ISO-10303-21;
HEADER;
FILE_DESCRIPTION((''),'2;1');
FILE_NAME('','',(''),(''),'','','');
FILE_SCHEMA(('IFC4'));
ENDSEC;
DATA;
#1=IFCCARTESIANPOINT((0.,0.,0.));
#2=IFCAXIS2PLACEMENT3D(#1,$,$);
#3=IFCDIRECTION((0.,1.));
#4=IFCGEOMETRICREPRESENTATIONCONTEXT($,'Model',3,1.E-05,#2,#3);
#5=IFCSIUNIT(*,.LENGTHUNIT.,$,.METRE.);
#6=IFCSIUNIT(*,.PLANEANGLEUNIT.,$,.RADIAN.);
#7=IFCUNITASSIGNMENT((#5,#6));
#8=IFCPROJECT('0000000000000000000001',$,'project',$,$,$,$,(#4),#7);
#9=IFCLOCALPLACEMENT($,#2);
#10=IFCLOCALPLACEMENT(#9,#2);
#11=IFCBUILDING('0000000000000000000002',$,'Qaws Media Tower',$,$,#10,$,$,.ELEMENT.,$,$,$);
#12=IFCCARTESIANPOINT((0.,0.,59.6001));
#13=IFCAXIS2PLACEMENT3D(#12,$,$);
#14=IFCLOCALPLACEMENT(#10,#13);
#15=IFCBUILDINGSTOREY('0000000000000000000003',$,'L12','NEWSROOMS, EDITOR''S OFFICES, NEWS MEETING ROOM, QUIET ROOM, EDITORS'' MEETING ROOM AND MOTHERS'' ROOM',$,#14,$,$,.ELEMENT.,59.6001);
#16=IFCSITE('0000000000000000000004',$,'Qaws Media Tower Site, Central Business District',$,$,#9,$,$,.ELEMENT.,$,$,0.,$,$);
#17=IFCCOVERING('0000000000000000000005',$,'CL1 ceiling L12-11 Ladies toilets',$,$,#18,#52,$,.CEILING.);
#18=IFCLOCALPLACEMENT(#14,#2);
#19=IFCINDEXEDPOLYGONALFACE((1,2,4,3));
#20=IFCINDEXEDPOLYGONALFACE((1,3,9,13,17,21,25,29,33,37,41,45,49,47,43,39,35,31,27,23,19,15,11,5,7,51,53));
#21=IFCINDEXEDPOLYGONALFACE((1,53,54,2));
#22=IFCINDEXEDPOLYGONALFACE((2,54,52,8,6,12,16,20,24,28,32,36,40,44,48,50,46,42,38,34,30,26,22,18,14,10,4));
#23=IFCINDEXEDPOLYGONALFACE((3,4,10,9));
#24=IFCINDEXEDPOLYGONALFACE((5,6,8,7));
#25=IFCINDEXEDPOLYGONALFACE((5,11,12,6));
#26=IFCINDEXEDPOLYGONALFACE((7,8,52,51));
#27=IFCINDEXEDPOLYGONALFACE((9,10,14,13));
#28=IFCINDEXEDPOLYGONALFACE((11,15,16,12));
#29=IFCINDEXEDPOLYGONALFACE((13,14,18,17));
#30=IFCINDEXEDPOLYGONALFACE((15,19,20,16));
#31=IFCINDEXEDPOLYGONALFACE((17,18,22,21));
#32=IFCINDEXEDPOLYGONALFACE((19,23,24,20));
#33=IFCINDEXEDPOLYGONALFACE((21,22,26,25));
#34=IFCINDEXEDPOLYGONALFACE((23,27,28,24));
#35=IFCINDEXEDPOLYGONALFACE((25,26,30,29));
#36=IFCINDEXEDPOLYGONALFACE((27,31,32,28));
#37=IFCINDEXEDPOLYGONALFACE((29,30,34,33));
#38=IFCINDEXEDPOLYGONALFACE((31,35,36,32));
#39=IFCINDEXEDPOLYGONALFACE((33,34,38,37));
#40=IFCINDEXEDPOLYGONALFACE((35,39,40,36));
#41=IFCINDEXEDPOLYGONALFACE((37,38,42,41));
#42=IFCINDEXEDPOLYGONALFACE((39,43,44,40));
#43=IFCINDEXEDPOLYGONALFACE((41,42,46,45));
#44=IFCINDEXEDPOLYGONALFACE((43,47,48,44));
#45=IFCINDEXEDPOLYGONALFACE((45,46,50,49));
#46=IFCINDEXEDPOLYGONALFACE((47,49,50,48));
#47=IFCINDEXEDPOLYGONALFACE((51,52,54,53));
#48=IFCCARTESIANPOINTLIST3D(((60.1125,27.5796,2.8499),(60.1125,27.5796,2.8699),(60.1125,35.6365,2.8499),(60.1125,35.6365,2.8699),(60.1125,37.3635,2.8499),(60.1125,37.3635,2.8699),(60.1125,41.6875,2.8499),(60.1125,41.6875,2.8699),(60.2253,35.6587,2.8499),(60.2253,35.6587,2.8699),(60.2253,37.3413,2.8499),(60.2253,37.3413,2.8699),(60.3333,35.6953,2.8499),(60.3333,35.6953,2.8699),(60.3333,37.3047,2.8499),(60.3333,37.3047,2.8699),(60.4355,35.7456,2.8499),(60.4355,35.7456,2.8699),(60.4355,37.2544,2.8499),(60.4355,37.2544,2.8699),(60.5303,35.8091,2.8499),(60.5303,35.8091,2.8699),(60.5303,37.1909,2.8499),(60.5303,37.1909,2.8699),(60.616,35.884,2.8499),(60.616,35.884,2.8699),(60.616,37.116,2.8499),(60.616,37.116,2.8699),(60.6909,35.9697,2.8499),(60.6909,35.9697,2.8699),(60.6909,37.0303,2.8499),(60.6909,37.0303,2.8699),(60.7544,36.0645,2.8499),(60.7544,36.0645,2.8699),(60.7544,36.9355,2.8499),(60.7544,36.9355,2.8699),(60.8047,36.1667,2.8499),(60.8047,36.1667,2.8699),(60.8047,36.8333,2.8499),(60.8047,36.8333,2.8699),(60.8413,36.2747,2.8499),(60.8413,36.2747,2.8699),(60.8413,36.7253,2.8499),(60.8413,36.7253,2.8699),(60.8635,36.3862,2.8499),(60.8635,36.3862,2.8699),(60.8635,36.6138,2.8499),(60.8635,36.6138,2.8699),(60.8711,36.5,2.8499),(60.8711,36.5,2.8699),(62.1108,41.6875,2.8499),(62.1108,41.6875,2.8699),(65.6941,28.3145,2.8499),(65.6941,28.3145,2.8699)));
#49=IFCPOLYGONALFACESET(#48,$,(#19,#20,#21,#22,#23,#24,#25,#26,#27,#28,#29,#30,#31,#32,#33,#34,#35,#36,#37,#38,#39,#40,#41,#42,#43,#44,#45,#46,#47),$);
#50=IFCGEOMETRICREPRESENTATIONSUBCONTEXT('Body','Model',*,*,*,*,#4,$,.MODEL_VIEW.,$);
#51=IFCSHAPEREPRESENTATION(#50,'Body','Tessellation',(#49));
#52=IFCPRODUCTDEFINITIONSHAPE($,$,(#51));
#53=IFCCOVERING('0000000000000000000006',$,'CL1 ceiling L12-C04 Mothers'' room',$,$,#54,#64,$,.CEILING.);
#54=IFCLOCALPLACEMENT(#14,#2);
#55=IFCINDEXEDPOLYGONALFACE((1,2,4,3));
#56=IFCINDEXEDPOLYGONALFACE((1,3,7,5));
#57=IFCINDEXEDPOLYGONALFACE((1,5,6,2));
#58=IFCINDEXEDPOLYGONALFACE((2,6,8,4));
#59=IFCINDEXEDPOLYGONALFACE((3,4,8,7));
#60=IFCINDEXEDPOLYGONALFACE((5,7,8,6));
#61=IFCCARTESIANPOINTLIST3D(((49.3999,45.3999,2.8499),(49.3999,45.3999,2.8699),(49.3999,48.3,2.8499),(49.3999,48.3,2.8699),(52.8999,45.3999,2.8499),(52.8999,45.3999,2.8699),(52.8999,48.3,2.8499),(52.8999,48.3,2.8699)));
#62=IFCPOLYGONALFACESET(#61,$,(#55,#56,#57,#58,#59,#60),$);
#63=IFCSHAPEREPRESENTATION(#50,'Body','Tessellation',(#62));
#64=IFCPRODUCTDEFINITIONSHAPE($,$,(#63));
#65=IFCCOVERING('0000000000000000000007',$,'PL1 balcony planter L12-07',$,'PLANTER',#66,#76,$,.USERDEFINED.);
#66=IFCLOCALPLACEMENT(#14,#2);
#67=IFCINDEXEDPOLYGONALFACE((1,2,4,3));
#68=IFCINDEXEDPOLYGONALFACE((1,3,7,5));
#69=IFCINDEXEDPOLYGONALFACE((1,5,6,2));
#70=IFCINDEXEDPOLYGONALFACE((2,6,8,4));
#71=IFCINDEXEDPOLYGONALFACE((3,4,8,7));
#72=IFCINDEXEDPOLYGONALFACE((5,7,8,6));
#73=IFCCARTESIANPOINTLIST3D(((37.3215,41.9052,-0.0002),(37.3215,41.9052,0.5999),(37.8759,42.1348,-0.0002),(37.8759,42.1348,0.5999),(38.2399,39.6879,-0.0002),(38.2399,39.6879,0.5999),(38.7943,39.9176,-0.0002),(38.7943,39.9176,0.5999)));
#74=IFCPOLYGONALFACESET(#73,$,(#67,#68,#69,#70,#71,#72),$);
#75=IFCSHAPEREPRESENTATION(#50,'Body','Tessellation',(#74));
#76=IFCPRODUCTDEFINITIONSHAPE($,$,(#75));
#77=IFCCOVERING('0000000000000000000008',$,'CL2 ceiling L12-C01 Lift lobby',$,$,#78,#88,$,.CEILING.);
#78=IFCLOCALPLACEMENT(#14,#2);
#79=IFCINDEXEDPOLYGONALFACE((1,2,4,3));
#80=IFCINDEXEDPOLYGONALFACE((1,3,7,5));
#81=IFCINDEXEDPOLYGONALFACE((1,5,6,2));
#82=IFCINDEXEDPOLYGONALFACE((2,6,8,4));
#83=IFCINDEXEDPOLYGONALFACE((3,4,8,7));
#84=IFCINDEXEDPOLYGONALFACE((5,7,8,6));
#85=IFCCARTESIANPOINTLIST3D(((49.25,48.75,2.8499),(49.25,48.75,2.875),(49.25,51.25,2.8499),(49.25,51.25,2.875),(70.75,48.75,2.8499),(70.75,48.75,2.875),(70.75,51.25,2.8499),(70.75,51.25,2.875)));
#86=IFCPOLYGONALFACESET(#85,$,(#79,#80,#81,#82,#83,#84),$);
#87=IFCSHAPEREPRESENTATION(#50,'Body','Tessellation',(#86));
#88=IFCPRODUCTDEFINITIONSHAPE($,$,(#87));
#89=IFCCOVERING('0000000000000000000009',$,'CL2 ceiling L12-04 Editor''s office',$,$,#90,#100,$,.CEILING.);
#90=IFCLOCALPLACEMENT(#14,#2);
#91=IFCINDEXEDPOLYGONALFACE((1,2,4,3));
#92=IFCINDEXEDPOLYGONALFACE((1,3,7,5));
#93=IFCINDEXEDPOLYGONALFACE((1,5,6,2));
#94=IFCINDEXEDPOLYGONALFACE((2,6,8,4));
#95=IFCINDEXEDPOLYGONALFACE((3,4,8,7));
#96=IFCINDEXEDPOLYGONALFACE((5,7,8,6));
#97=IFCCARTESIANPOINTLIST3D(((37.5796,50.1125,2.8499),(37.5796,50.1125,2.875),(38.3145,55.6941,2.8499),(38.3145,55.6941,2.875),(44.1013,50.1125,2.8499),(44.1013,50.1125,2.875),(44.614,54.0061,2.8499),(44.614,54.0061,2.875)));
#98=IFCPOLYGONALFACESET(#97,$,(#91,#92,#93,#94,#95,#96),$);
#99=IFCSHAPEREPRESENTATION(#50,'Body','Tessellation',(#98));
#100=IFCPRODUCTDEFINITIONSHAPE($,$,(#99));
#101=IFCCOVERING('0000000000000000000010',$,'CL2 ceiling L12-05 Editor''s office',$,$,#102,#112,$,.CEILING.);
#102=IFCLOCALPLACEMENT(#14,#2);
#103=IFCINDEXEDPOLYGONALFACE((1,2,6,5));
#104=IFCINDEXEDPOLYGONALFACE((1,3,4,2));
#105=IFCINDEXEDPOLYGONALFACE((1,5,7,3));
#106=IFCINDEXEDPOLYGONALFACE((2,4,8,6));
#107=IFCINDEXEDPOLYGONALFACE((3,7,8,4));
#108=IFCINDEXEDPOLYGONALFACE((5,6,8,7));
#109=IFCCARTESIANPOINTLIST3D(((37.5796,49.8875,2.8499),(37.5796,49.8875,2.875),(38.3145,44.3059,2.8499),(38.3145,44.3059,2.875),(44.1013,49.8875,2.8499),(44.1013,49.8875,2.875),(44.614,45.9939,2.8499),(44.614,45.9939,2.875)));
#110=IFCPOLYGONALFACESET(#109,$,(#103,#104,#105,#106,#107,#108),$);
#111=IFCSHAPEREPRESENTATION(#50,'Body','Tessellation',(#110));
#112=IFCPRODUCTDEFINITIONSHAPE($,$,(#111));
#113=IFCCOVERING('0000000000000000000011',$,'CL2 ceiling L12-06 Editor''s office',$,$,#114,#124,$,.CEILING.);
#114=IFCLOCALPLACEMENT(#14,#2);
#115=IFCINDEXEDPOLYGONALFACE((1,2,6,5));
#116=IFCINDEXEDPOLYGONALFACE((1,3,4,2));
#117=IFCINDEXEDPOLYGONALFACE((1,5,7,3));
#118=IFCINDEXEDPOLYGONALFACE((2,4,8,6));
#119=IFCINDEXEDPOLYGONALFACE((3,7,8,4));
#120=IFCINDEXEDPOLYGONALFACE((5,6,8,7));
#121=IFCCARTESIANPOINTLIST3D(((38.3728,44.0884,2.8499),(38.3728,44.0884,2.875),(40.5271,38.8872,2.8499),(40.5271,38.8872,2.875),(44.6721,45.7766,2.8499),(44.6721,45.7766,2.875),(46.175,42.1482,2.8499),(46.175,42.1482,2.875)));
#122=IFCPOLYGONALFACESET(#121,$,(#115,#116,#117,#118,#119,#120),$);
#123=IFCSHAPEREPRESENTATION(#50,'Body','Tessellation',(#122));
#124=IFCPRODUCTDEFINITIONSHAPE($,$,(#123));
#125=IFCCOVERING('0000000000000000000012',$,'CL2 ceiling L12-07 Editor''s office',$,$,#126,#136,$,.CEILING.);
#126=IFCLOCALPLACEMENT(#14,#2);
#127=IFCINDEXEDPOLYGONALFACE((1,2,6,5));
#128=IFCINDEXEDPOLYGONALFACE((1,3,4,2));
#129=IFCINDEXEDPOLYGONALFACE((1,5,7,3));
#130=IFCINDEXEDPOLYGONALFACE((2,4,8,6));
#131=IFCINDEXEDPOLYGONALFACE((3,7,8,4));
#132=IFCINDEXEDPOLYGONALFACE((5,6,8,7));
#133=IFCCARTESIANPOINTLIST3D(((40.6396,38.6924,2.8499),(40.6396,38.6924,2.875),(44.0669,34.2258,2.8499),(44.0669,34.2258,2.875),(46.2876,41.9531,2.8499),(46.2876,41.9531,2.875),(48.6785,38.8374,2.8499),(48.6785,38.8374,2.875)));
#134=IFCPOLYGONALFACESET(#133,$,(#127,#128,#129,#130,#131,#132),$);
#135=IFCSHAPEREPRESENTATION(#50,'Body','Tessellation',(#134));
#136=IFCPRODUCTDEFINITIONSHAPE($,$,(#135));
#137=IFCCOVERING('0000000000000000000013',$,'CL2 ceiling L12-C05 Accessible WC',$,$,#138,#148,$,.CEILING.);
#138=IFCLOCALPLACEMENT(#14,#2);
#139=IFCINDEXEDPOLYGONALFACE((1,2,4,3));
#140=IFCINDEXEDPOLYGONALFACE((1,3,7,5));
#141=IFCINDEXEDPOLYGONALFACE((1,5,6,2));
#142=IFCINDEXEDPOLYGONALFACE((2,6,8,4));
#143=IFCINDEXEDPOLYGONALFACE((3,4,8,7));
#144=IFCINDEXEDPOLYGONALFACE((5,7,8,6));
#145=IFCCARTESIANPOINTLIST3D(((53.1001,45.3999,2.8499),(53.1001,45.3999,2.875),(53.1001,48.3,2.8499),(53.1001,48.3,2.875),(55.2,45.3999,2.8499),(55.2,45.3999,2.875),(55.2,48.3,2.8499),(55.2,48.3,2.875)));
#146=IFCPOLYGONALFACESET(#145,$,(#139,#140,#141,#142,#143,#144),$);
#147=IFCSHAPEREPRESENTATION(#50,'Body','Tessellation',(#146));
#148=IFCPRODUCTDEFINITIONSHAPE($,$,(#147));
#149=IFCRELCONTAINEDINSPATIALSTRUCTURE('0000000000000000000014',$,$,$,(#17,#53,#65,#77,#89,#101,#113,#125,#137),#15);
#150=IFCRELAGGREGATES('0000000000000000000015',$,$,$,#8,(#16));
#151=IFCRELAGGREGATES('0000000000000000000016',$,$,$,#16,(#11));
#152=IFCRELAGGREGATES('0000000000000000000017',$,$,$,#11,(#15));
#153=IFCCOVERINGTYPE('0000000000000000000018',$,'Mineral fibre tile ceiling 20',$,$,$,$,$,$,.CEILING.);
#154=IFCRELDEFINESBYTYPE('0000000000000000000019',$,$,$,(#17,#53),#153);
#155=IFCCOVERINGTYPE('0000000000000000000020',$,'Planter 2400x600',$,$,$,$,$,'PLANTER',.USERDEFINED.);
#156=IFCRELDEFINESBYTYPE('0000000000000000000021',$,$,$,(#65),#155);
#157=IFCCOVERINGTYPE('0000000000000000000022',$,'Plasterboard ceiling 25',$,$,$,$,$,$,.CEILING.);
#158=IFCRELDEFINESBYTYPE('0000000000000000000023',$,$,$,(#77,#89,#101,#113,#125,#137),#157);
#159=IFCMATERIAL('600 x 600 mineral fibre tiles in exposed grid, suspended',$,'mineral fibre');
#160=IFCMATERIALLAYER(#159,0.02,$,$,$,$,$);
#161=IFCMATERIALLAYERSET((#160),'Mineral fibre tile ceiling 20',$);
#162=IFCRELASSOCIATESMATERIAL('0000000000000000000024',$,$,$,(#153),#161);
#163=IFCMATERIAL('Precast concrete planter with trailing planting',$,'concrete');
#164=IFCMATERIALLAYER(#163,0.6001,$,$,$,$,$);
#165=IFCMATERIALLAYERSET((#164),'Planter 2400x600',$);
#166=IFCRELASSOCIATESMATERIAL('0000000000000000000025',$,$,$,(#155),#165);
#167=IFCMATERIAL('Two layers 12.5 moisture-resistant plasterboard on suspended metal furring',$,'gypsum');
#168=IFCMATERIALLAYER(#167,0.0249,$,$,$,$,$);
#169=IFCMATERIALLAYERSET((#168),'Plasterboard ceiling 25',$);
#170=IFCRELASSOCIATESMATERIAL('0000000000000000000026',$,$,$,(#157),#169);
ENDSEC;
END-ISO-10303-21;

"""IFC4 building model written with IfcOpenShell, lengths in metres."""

from ifc_helpers import new_model, si_unit, direction, frame, origin, origin_2d, place, context, subcontext, project, spatial, polyline, rectangle, outline, extrude, material, layer, layer_set, type_object, element, save


model = new_model("IFC4")

# Units and contexts
model_context = context("Model", 3, precision=1e-05, world=origin(), true_north=direction((0.0, 1.0)))
body_context = subcontext(model_context, "Body", "Model", "MODEL_VIEW")
ifc_project = project(units=[si_unit("LENGTHUNIT", "METRE"), si_unit("PLANEANGLEUNIT", "RADIAN")], contexts=[model_context])

# Site, building, storey
site_placement = place(None, origin())
site = spatial("IfcSite", under=ifc_project, at=site_placement, Name="Qaws Media Tower Site, Central Business District", CompositionType="ELEMENT", RefElevation=0.0)
building_placement = place(site_placement, origin())
building = spatial("IfcBuilding", under=site, at=building_placement, Name="Qaws Media Tower", CompositionType="ELEMENT")
storey_placement = place(building_placement, frame((0.0, 0.0, 59.6001)))
storey = spatial("IfcBuildingStorey", under=building, at=storey_placement, Name="L12", Description="NEWSROOMS, EDITOR'S OFFICES, NEWS MEETING ROOM, QUIET ROOM, EDITORS' MEETING ROOM AND MOTHERS' ROOM", CompositionType="ELEMENT", Elevation=59.6001)

# Coverings
ifc_material_1 = material(Name="600 x 600 mineral fibre tiles in exposed grid, suspended", Category="mineral fibre")
ifc_layer_1 = layer(ifc_material_1, 0.02)
ifc_layer_set_1 = layer_set([ifc_layer_1], Name="Mineral fibre tile ceiling 20")
covering_type_1 = type_object("IfcCoveringType", Name="Mineral fibre tile ceiling 20", PredefinedType="CEILING", material=ifc_layer_set_1)
covering_1_placement = place(storey_placement, frame((0.0, 0.0, 2.8499)))
element("IfcCovering", 1, at=covering_1_placement, inside=storey, type_object=covering_type_1, Name="CL1 ceiling L12-11 Ladies toilets", PredefinedType="CEILING", context=body_context, shape_type="SweptSolid", body=[
    extrude(outline(polyline([(60.1125, 27.5796), (60.1125, 35.6365), (60.2253, 35.6587), (60.3333, 35.6953), (60.4355, 35.7456), (60.5303, 35.8091), (60.616, 35.884), (60.6909, 35.9697), (60.7544, 36.0645), (60.8047, 36.1667), (60.8413, 36.2747), (60.8635, 36.3862), (60.8711, 36.5), (60.8635, 36.6138), (60.8413, 36.7253), (60.8047, 36.8333), (60.7544, 36.9355), (60.6909, 37.0303), (60.616, 37.116), (60.5303, 37.1909), (60.4355, 37.2544), (60.3333, 37.3047), (60.2253, 37.3413), (60.1125, 37.3635), (60.1125, 41.6875), (62.1108, 41.6875), (65.6941, 28.3145), (60.1125, 27.5796)])), origin(), (0.0, 0.0, 1.0), 0.02),
])
covering_2_placement = place(storey_placement, frame((0.0, 0.0, 2.8499)))
element("IfcCovering", 2, at=covering_2_placement, inside=storey, type_object=covering_type_1, Name="CL1 ceiling L12-C04 Mothers' room", PredefinedType="CEILING", context=body_context, shape_type="SweptSolid", body=[
    extrude(outline(polyline([(49.3999, 45.3999), (49.3999, 48.3), (52.8999, 48.3), (52.8999, 45.3999), (49.3999, 45.3999)])), origin(), (0.0, 0.0, 1.0), 0.02),
])
ifc_material_2 = material(Name="Precast concrete planter with trailing planting", Category="concrete")
ifc_layer_2 = layer(ifc_material_2, 0.6001)
ifc_layer_set_2 = layer_set([ifc_layer_2], Name="Planter 2400x600")
covering_type_2 = type_object("IfcCoveringType", Name="Planter 2400x600", ElementType="PLANTER", PredefinedType="USERDEFINED", material=ifc_layer_set_2)
covering_3_placement = place(storey_placement, frame((38.0579, 40.9114, -0.0002), z_axis=(0.0, 0.0, 1.0), x_axis=(0.382683, -0.92388, 0.0)))
element("IfcCovering", 3, at=covering_3_placement, inside=storey, type_object=covering_type_2, Name="PL1 balcony planter L12-07", ObjectType="PLANTER", PredefinedType="USERDEFINED", context=body_context, shape_type="SweptSolid", body=[
    extrude(rectangle(XDim=2.3999, YDim=0.6001, at=origin_2d()), origin(), (0.0, 0.0, 1.0), 0.6001),
])
ifc_material_3 = material(Name="Two layers 12.5 moisture-resistant plasterboard on suspended metal furring", Category="gypsum")
ifc_layer_3 = layer(ifc_material_3, 0.0249)
ifc_layer_set_3 = layer_set([ifc_layer_3], Name="Plasterboard ceiling 25")
covering_type_3 = type_object("IfcCoveringType", Name="Plasterboard ceiling 25", PredefinedType="CEILING", material=ifc_layer_set_3)
covering_4_placement = place(storey_placement, frame((0.0, 0.0, 2.8499)))
element("IfcCovering", 4, at=covering_4_placement, inside=storey, type_object=covering_type_3, Name="CL2 ceiling L12-C01 Lift lobby", PredefinedType="CEILING", context=body_context, shape_type="SweptSolid", body=[
    extrude(outline(polyline([(49.25, 48.75), (49.25, 51.25), (70.75, 51.25), (70.75, 48.75), (49.25, 48.75)])), origin(), (0.0, 0.0, 1.0), 0.0251),
])
covering_5_placement = place(storey_placement, frame((0.0, 0.0, 2.8499)))
element("IfcCovering", 5, at=covering_5_placement, inside=storey, type_object=covering_type_3, Name="CL2 ceiling L12-04 Editor's office", PredefinedType="CEILING", context=body_context, shape_type="SweptSolid", body=[
    extrude(outline(polyline([(38.3145, 55.6941), (44.614, 54.0061), (44.1013, 50.1125), (37.5796, 50.1125), (38.3145, 55.6941)])), origin(), (0.0, 0.0, 1.0), 0.0251),
])
covering_6_placement = place(storey_placement, frame((0.0, 0.0, 2.8499)))
element("IfcCovering", 6, at=covering_6_placement, inside=storey, type_object=covering_type_3, Name="CL2 ceiling L12-05 Editor's office", PredefinedType="CEILING", context=body_context, shape_type="SweptSolid", body=[
    extrude(outline(polyline([(37.5796, 49.8875), (44.1013, 49.8875), (44.614, 45.9939), (38.3145, 44.3059), (37.5796, 49.8875)])), origin(), (0.0, 0.0, 1.0), 0.0251),
])
covering_7_placement = place(storey_placement, frame((0.0, 0.0, 2.8499)))
element("IfcCovering", 7, at=covering_7_placement, inside=storey, type_object=covering_type_3, Name="CL2 ceiling L12-06 Editor's office", PredefinedType="CEILING", context=body_context, shape_type="SweptSolid", body=[
    extrude(outline(polyline([(38.3728, 44.0884), (44.6721, 45.7766), (46.175, 42.1482), (40.5271, 38.8872), (38.3728, 44.0884)])), origin(), (0.0, 0.0, 1.0), 0.0251),
])
covering_8_placement = place(storey_placement, frame((0.0, 0.0, 2.8499)))
element("IfcCovering", 8, at=covering_8_placement, inside=storey, type_object=covering_type_3, Name="CL2 ceiling L12-07 Editor's office", PredefinedType="CEILING", context=body_context, shape_type="SweptSolid", body=[
    extrude(outline(polyline([(40.6396, 38.6924), (46.2876, 41.9531), (48.6785, 38.8374), (44.0669, 34.2258), (40.6396, 38.6924)])), origin(), (0.0, 0.0, 1.0), 0.0251),
])
covering_9_placement = place(storey_placement, frame((0.0, 0.0, 2.8499)))
element("IfcCovering", 9, at=covering_9_placement, inside=storey, type_object=covering_type_3, Name="CL2 ceiling L12-C05 Accessible WC", PredefinedType="CEILING", context=body_context, shape_type="SweptSolid", body=[
    extrude(outline(polyline([(53.1001, 45.3999), (53.1001, 48.3), (55.2, 48.3), (55.2, 45.3999), (53.1001, 45.3999)])), origin(), (0.0, 0.0, 1.0), 0.0251),
])

save(model, "model.ifc")
